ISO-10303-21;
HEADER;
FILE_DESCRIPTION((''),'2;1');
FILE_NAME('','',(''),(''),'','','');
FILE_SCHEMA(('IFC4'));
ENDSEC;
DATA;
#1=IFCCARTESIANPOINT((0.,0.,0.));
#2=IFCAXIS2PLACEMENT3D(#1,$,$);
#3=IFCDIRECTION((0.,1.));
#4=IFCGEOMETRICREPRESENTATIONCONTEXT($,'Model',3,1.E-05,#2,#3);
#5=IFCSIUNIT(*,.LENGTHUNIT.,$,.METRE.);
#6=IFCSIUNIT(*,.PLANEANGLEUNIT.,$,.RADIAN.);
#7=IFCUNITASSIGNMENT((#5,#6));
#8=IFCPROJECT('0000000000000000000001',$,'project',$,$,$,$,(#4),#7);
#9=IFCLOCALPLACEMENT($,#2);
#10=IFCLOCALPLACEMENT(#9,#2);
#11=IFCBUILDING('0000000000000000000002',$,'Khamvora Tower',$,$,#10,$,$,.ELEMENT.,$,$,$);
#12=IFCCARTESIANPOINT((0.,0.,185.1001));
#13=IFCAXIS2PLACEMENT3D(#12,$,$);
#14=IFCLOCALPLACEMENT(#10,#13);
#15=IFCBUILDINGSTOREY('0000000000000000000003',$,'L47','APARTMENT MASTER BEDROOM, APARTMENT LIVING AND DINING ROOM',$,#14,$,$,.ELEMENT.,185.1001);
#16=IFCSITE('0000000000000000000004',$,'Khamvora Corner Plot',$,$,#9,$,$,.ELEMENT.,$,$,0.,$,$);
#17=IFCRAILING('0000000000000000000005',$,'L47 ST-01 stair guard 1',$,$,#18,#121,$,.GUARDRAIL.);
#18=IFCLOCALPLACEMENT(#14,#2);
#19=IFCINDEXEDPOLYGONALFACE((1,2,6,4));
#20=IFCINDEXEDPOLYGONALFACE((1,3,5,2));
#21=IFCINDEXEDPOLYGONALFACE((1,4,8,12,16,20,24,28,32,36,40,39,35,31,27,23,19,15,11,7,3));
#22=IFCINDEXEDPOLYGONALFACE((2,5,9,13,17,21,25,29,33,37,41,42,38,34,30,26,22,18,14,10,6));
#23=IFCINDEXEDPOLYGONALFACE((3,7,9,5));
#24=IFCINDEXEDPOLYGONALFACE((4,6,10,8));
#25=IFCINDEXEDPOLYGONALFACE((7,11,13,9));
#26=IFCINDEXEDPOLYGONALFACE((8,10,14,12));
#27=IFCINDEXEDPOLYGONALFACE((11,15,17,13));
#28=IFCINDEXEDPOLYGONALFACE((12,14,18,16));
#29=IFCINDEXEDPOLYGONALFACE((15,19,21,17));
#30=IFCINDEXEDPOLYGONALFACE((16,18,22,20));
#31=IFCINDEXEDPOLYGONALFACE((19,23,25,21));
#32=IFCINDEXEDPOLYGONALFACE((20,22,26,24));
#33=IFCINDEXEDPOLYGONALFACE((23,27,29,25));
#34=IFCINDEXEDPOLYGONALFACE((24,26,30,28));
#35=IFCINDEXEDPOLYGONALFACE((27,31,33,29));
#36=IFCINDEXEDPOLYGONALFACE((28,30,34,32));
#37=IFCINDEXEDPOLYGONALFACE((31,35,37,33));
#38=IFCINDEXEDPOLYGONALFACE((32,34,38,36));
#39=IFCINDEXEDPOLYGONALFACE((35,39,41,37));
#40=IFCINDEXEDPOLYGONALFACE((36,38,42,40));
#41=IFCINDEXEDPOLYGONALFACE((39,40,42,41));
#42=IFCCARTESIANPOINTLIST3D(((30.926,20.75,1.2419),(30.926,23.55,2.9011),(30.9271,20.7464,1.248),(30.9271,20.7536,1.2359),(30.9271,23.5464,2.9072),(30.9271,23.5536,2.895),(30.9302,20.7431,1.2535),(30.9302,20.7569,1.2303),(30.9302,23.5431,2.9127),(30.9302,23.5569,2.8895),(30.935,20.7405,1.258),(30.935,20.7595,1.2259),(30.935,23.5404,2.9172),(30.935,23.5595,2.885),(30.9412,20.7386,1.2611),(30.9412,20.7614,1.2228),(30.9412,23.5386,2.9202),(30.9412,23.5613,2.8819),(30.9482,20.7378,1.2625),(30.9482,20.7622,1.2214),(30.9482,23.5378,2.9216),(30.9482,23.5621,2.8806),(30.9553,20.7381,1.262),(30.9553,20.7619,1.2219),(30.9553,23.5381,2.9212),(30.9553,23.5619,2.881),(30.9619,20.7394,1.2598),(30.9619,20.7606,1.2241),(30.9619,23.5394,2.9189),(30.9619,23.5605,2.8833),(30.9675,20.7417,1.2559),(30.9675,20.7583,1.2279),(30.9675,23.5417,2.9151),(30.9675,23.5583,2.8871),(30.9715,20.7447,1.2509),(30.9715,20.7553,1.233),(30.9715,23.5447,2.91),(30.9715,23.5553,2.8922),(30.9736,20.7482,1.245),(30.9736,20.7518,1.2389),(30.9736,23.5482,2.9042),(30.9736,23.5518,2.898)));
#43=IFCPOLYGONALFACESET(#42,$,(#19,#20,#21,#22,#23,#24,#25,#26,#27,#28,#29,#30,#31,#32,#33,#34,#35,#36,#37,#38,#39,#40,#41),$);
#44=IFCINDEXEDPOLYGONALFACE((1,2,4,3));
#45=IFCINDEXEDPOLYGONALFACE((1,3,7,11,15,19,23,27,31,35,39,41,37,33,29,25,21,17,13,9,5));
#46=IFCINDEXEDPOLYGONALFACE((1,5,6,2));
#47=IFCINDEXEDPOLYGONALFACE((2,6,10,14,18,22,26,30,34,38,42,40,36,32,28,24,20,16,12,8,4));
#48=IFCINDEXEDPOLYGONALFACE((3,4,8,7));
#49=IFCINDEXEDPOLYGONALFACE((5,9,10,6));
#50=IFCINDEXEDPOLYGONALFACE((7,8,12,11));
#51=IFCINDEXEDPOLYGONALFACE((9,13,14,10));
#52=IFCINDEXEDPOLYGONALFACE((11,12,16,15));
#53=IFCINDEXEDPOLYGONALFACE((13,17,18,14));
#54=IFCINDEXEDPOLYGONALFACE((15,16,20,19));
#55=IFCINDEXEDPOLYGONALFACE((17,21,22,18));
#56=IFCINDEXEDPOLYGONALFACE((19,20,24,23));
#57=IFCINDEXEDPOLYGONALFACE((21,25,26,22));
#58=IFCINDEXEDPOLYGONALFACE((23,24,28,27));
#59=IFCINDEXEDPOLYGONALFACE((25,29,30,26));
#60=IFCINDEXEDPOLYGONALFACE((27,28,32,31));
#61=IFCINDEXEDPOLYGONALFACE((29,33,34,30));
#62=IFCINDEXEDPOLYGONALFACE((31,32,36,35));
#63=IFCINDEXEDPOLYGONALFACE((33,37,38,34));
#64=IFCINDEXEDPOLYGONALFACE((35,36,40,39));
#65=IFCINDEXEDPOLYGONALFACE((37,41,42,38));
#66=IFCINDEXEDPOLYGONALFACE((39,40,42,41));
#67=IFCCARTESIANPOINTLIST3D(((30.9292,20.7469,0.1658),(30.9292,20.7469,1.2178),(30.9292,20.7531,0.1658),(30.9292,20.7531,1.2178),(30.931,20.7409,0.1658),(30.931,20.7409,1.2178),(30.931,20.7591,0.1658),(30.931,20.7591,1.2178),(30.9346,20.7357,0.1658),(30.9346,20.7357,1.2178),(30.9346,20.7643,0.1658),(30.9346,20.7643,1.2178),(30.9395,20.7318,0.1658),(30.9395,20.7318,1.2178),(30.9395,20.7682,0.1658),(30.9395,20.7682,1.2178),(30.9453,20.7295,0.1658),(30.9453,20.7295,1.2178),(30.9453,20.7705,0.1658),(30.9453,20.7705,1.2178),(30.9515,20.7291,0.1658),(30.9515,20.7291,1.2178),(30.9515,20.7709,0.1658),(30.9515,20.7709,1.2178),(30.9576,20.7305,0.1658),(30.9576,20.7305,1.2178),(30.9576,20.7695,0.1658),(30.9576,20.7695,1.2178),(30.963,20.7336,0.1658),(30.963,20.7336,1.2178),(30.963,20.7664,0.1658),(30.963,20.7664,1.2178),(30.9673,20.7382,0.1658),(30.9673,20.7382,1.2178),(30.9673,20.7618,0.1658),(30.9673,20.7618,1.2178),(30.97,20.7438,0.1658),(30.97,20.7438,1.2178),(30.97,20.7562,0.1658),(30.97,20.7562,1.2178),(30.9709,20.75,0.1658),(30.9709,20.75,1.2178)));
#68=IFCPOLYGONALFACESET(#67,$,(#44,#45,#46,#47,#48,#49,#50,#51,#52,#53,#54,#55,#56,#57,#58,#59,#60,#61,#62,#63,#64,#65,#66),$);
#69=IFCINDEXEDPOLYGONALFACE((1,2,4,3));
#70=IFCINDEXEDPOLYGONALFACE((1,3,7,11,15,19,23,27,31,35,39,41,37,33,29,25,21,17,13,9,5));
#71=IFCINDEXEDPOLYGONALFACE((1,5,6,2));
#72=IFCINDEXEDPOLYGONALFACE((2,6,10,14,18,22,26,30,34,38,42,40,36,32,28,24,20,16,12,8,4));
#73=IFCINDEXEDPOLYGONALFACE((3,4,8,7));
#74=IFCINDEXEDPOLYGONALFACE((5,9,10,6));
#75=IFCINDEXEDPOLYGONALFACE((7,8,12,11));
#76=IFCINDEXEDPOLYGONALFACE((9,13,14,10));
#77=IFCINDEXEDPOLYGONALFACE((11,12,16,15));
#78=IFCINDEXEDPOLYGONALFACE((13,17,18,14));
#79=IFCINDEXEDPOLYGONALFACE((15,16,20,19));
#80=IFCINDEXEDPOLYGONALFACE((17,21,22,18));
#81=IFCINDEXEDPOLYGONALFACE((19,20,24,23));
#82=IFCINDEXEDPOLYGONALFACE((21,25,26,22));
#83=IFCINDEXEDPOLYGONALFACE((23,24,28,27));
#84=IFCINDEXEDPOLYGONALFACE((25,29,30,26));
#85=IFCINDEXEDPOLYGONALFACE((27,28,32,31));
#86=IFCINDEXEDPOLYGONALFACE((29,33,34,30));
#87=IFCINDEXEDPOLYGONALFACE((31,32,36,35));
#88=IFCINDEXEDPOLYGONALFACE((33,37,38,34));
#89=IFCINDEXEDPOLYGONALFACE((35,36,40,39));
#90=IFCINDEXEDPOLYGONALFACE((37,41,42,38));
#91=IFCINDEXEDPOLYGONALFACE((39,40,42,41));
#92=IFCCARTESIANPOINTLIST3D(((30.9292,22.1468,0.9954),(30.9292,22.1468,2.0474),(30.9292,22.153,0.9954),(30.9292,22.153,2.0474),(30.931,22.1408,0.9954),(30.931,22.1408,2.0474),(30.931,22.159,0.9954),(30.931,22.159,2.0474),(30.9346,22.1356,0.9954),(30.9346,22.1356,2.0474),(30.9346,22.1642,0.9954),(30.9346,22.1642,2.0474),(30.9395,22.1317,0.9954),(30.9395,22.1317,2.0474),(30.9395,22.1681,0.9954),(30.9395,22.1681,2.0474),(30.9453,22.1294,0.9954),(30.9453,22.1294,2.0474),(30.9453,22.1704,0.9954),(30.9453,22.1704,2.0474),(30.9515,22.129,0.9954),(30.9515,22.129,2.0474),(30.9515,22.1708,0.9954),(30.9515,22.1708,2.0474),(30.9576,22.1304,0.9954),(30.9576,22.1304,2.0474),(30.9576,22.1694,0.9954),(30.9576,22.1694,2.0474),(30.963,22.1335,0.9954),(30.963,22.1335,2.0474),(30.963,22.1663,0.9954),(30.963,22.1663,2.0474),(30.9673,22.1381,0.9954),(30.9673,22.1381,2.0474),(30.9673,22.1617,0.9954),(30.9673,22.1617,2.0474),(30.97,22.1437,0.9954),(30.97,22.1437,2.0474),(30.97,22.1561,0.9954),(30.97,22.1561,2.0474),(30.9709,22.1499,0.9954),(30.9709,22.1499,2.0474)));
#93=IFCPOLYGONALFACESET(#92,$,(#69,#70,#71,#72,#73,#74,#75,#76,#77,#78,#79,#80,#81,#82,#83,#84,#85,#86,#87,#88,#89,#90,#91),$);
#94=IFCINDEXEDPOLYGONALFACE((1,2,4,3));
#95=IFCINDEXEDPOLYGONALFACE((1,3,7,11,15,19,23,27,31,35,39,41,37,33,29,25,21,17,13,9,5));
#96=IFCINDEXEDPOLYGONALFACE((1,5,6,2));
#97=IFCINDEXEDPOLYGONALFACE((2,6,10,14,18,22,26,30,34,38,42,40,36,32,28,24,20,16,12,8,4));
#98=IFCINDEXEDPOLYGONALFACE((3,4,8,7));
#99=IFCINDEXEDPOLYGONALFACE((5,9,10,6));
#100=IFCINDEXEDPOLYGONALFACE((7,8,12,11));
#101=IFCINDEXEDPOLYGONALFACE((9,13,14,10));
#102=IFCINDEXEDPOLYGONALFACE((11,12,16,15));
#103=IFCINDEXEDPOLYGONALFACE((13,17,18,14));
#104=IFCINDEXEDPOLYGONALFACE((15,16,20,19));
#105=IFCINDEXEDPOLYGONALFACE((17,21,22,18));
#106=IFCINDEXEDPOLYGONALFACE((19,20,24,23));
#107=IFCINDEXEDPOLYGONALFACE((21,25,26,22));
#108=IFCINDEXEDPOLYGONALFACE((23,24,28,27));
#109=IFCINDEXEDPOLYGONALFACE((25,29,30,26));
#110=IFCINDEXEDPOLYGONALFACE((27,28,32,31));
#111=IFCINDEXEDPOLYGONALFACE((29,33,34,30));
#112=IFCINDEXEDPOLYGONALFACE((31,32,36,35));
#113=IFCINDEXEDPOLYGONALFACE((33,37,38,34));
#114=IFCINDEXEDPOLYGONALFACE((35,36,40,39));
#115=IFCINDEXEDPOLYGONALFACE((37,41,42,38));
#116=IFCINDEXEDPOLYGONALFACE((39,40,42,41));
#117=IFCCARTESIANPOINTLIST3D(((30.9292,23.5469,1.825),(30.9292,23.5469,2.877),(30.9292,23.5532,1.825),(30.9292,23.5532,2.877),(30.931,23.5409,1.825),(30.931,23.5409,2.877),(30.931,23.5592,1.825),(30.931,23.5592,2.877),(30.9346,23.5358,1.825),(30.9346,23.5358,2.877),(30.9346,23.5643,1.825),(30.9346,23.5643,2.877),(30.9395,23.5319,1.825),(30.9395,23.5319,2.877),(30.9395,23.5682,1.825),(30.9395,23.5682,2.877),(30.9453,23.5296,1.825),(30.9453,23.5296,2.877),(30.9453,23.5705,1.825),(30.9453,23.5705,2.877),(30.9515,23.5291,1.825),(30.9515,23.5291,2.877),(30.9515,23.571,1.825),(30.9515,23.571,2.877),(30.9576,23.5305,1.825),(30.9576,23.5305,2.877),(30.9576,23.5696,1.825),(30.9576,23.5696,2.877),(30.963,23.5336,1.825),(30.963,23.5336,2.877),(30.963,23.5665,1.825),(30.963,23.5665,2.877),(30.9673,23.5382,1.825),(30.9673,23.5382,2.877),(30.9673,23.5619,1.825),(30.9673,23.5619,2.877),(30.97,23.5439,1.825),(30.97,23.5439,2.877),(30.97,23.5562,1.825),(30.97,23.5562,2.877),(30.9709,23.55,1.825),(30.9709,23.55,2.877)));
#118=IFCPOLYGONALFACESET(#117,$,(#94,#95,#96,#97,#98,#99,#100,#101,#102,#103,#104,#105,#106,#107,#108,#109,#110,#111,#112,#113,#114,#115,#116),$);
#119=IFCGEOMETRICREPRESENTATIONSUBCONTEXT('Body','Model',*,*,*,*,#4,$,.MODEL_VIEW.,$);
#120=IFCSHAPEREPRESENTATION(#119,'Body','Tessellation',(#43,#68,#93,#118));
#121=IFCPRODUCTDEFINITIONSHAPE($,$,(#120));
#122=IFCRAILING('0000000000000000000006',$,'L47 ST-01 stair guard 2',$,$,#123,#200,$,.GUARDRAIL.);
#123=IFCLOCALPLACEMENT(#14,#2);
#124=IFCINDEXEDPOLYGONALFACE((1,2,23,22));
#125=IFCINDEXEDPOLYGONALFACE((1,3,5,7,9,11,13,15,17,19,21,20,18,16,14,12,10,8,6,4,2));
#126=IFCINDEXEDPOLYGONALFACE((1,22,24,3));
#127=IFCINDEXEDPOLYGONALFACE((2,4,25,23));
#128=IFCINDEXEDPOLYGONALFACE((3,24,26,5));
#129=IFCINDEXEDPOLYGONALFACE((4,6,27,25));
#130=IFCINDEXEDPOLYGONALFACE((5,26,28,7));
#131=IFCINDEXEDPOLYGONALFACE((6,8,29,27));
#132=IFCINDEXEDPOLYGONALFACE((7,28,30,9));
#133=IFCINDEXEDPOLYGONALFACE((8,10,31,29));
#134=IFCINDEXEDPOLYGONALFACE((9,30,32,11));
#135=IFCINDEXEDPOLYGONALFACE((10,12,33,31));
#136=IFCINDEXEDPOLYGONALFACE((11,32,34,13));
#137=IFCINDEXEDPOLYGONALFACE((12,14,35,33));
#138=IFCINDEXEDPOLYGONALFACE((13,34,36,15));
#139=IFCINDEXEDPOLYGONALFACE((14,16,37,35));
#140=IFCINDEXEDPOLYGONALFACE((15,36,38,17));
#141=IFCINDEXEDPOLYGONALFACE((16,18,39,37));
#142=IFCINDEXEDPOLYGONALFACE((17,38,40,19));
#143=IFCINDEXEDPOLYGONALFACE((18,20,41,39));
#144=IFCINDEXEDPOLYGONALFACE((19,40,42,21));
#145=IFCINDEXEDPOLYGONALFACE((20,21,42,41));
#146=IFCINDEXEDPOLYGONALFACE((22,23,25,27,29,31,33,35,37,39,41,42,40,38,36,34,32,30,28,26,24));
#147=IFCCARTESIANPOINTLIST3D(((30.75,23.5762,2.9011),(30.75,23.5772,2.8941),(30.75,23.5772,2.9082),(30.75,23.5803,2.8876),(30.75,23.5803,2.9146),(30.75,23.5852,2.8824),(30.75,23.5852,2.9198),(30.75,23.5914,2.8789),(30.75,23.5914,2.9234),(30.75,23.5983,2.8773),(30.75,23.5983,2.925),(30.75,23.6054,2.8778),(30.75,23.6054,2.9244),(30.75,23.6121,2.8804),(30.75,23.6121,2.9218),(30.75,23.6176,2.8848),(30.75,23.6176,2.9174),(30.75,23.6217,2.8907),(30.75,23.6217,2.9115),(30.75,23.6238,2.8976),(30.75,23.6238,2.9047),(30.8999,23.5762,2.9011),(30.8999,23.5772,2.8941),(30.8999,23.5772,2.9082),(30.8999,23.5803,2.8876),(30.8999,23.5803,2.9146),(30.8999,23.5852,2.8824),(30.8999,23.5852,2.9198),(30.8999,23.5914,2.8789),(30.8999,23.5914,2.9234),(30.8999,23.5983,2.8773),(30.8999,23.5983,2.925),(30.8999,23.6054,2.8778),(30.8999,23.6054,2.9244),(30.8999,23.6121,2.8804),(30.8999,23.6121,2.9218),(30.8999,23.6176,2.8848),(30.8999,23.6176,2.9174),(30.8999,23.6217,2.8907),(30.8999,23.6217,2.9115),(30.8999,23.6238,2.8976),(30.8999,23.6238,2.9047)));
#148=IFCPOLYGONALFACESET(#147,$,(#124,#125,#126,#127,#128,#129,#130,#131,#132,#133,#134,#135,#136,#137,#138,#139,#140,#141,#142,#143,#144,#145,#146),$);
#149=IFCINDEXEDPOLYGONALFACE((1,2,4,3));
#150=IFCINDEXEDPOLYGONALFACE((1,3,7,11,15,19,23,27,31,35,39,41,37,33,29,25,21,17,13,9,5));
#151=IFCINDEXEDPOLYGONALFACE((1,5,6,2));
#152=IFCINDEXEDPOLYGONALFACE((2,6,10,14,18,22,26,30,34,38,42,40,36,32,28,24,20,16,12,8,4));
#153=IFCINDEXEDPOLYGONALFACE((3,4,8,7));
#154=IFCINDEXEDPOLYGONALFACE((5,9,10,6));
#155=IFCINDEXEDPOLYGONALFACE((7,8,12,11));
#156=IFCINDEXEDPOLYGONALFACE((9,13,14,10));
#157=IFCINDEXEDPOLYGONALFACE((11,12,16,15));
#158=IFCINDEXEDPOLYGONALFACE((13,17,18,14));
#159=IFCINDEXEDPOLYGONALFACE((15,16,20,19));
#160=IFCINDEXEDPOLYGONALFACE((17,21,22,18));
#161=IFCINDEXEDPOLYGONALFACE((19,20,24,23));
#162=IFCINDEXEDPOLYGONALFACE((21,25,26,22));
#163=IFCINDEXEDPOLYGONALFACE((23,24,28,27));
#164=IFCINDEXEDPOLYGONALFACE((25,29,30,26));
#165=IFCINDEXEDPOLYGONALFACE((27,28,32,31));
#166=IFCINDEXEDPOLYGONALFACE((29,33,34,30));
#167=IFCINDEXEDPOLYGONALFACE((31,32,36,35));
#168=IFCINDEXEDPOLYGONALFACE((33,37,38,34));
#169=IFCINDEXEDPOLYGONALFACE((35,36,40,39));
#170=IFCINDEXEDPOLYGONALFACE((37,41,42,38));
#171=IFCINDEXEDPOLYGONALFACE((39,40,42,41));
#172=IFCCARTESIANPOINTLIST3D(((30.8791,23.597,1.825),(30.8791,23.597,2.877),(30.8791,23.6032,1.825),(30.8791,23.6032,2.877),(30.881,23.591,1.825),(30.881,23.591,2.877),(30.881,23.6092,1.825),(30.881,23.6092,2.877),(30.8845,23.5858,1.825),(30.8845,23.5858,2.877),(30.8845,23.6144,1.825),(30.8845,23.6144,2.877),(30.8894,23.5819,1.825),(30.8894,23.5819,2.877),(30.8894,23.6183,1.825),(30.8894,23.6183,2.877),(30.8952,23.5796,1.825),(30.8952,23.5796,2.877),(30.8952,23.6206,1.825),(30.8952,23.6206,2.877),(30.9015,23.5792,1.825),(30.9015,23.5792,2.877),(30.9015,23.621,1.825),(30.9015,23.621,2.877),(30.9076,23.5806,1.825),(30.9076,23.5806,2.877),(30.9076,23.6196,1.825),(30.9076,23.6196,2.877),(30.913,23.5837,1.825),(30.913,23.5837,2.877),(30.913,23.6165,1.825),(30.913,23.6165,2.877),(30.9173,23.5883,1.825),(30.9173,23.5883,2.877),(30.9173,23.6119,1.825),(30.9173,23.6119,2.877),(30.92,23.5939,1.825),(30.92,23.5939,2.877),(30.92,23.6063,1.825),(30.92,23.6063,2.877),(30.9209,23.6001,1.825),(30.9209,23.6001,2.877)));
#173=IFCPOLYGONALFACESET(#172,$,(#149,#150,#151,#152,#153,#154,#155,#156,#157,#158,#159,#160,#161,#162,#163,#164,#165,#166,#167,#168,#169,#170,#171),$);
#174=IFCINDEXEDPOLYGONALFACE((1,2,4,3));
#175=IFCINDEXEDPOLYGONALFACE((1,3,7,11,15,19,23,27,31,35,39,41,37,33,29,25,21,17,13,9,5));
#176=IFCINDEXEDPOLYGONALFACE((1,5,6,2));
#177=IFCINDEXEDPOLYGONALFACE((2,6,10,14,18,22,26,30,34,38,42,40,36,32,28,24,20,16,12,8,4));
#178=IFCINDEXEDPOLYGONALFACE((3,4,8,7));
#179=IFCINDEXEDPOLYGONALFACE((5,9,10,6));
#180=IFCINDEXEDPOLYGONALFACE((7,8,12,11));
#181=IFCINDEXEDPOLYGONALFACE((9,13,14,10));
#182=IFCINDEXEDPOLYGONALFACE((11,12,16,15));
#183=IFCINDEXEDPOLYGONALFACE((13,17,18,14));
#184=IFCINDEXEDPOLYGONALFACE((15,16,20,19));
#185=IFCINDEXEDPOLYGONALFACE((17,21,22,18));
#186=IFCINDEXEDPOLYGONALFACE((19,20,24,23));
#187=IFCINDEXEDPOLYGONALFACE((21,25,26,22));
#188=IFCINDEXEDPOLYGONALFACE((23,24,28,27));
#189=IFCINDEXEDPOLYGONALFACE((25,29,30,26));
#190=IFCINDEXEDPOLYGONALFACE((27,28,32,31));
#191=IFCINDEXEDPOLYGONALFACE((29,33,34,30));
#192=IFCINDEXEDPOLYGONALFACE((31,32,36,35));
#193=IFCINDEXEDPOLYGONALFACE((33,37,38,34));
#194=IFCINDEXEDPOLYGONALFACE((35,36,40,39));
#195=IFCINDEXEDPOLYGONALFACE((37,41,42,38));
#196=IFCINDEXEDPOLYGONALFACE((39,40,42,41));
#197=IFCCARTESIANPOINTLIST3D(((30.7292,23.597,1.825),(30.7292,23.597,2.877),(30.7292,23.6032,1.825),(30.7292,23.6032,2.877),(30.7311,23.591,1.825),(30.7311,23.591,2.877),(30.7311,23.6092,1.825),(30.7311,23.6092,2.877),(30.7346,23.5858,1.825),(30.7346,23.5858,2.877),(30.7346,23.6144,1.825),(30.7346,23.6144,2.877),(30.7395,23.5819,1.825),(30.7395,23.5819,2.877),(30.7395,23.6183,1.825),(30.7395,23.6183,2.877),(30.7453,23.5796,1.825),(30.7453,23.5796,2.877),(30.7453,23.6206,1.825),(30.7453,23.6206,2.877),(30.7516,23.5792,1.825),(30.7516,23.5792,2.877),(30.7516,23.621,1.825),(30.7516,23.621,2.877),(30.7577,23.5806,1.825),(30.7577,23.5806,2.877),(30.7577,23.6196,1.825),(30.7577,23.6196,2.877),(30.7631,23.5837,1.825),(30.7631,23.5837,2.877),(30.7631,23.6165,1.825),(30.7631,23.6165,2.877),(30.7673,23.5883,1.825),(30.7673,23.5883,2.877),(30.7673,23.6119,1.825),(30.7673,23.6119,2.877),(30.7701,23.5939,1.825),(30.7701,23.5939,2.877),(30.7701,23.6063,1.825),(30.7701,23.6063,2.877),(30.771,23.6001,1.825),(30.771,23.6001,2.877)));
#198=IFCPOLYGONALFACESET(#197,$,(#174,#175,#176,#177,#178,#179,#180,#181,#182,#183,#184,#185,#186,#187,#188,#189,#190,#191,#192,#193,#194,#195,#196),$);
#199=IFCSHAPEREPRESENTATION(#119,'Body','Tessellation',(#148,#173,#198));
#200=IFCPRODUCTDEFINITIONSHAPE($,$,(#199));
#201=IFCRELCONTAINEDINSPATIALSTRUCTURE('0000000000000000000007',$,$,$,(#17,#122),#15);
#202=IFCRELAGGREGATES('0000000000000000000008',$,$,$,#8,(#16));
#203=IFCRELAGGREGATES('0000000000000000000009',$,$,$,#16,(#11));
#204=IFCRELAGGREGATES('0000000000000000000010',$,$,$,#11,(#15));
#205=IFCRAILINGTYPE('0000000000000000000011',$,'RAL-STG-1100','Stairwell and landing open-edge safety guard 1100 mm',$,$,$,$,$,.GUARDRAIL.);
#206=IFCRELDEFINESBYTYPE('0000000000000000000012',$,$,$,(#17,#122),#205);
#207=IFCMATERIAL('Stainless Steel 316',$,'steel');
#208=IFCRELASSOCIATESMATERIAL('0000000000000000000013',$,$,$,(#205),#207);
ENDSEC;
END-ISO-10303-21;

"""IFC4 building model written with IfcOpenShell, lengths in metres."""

from ifc_helpers import new_model, si_unit, direction, frame, origin, origin_2d, place, context, subcontext, project, spatial, circle, extrude, material, type_object, element, save


model = new_model("IFC4")

# Units and contexts
model_context = context("Model", 3, precision=1e-05, world=origin(), true_north=direction((0.0, 1.0)))
body_context = subcontext(model_context, "Body", "Model", "MODEL_VIEW")
ifc_project = project(units=[si_unit("LENGTHUNIT", "METRE"), si_unit("PLANEANGLEUNIT", "RADIAN")], contexts=[model_context])

# Site, building, storey
site_placement = place(None, origin())
site = spatial("IfcSite", under=ifc_project, at=site_placement, Name="Khamvora Corner Plot", CompositionType="ELEMENT", RefElevation=0.0)
building_placement = place(site_placement, origin())
building = spatial("IfcBuilding", under=site, at=building_placement, Name="Khamvora Tower", CompositionType="ELEMENT")
storey_placement = place(building_placement, frame((0.0, 0.0, 185.1001)))
storey = spatial("IfcBuildingStorey", under=building, at=storey_placement, Name="L47", Description="APARTMENT MASTER BEDROOM, APARTMENT LIVING AND DINING ROOM", CompositionType="ELEMENT", Elevation=185.1001)

# Railings
ifc_material_1 = material(Name="Stainless Steel 316", Category="steel")
railing_type_1 = type_object("IfcRailingType", Name="RAL-STG-1100", Description="Stairwell and landing open-edge safety guard 1100 mm", PredefinedType="GUARDRAIL", material=ifc_material_1)
railing_1_placement = place(storey_placement, frame((30.95, 20.75, 0.1658)))
element("IfcRailing", 1, at=railing_1_placement, inside=storey, type_object=railing_type_1, Name="L47 ST-01 stair guard 1", PredefinedType="GUARDRAIL", context=body_context, shape_type="SweptSolid", body=[
    extrude(circle(Radius=0.0239, at=origin_2d()), frame((0.0, 0.0, 1.0762), z_axis=(0.0, 0.860306, 0.509778), x_axis=(-1.0, 0.0, 0.0)), (0.0, 0.0, 1.0), 3.2546),
    extrude(circle(Radius=0.021, at=origin_2d()), origin(), (0.0, 0.0, 1.0), 1.052),
    extrude(circle(Radius=0.021, at=origin_2d()), frame((0.0, 1.3999, 0.8296)), (0.0, 0.0, 1.0), 1.052),
    extrude(circle(Radius=0.021, at=origin_2d()), frame((0.0, 2.8, 1.6592)), (0.0, 0.0, 1.0), 1.052),
])
railing_2_placement = place(storey_placement, frame((30.8999, 23.6001, 1.825)))
element("IfcRailing", 2, at=railing_2_placement, inside=storey, type_object=railing_type_1, Name="L47 ST-01 stair guard 2", PredefinedType="GUARDRAIL", context=body_context, shape_type="SweptSolid", body=[
    extrude(circle(Radius=0.0239, at=origin_2d()), frame((0.0, 0.0, 1.0762), z_axis=(-1.0, 0.0, 0.0), x_axis=(0.0, -1.0, 0.0)), (0.0, 0.0, 1.0), 0.1499),
    extrude(circle(Radius=0.021, at=origin_2d()), origin(), (0.0, 0.0, 1.0), 1.052),
    extrude(circle(Radius=0.021, at=origin_2d()), frame((-0.1499, 0.0, 0.0)), (0.0, 0.0, 1.0), 1.052),
])

save(model, "model.ifc")
